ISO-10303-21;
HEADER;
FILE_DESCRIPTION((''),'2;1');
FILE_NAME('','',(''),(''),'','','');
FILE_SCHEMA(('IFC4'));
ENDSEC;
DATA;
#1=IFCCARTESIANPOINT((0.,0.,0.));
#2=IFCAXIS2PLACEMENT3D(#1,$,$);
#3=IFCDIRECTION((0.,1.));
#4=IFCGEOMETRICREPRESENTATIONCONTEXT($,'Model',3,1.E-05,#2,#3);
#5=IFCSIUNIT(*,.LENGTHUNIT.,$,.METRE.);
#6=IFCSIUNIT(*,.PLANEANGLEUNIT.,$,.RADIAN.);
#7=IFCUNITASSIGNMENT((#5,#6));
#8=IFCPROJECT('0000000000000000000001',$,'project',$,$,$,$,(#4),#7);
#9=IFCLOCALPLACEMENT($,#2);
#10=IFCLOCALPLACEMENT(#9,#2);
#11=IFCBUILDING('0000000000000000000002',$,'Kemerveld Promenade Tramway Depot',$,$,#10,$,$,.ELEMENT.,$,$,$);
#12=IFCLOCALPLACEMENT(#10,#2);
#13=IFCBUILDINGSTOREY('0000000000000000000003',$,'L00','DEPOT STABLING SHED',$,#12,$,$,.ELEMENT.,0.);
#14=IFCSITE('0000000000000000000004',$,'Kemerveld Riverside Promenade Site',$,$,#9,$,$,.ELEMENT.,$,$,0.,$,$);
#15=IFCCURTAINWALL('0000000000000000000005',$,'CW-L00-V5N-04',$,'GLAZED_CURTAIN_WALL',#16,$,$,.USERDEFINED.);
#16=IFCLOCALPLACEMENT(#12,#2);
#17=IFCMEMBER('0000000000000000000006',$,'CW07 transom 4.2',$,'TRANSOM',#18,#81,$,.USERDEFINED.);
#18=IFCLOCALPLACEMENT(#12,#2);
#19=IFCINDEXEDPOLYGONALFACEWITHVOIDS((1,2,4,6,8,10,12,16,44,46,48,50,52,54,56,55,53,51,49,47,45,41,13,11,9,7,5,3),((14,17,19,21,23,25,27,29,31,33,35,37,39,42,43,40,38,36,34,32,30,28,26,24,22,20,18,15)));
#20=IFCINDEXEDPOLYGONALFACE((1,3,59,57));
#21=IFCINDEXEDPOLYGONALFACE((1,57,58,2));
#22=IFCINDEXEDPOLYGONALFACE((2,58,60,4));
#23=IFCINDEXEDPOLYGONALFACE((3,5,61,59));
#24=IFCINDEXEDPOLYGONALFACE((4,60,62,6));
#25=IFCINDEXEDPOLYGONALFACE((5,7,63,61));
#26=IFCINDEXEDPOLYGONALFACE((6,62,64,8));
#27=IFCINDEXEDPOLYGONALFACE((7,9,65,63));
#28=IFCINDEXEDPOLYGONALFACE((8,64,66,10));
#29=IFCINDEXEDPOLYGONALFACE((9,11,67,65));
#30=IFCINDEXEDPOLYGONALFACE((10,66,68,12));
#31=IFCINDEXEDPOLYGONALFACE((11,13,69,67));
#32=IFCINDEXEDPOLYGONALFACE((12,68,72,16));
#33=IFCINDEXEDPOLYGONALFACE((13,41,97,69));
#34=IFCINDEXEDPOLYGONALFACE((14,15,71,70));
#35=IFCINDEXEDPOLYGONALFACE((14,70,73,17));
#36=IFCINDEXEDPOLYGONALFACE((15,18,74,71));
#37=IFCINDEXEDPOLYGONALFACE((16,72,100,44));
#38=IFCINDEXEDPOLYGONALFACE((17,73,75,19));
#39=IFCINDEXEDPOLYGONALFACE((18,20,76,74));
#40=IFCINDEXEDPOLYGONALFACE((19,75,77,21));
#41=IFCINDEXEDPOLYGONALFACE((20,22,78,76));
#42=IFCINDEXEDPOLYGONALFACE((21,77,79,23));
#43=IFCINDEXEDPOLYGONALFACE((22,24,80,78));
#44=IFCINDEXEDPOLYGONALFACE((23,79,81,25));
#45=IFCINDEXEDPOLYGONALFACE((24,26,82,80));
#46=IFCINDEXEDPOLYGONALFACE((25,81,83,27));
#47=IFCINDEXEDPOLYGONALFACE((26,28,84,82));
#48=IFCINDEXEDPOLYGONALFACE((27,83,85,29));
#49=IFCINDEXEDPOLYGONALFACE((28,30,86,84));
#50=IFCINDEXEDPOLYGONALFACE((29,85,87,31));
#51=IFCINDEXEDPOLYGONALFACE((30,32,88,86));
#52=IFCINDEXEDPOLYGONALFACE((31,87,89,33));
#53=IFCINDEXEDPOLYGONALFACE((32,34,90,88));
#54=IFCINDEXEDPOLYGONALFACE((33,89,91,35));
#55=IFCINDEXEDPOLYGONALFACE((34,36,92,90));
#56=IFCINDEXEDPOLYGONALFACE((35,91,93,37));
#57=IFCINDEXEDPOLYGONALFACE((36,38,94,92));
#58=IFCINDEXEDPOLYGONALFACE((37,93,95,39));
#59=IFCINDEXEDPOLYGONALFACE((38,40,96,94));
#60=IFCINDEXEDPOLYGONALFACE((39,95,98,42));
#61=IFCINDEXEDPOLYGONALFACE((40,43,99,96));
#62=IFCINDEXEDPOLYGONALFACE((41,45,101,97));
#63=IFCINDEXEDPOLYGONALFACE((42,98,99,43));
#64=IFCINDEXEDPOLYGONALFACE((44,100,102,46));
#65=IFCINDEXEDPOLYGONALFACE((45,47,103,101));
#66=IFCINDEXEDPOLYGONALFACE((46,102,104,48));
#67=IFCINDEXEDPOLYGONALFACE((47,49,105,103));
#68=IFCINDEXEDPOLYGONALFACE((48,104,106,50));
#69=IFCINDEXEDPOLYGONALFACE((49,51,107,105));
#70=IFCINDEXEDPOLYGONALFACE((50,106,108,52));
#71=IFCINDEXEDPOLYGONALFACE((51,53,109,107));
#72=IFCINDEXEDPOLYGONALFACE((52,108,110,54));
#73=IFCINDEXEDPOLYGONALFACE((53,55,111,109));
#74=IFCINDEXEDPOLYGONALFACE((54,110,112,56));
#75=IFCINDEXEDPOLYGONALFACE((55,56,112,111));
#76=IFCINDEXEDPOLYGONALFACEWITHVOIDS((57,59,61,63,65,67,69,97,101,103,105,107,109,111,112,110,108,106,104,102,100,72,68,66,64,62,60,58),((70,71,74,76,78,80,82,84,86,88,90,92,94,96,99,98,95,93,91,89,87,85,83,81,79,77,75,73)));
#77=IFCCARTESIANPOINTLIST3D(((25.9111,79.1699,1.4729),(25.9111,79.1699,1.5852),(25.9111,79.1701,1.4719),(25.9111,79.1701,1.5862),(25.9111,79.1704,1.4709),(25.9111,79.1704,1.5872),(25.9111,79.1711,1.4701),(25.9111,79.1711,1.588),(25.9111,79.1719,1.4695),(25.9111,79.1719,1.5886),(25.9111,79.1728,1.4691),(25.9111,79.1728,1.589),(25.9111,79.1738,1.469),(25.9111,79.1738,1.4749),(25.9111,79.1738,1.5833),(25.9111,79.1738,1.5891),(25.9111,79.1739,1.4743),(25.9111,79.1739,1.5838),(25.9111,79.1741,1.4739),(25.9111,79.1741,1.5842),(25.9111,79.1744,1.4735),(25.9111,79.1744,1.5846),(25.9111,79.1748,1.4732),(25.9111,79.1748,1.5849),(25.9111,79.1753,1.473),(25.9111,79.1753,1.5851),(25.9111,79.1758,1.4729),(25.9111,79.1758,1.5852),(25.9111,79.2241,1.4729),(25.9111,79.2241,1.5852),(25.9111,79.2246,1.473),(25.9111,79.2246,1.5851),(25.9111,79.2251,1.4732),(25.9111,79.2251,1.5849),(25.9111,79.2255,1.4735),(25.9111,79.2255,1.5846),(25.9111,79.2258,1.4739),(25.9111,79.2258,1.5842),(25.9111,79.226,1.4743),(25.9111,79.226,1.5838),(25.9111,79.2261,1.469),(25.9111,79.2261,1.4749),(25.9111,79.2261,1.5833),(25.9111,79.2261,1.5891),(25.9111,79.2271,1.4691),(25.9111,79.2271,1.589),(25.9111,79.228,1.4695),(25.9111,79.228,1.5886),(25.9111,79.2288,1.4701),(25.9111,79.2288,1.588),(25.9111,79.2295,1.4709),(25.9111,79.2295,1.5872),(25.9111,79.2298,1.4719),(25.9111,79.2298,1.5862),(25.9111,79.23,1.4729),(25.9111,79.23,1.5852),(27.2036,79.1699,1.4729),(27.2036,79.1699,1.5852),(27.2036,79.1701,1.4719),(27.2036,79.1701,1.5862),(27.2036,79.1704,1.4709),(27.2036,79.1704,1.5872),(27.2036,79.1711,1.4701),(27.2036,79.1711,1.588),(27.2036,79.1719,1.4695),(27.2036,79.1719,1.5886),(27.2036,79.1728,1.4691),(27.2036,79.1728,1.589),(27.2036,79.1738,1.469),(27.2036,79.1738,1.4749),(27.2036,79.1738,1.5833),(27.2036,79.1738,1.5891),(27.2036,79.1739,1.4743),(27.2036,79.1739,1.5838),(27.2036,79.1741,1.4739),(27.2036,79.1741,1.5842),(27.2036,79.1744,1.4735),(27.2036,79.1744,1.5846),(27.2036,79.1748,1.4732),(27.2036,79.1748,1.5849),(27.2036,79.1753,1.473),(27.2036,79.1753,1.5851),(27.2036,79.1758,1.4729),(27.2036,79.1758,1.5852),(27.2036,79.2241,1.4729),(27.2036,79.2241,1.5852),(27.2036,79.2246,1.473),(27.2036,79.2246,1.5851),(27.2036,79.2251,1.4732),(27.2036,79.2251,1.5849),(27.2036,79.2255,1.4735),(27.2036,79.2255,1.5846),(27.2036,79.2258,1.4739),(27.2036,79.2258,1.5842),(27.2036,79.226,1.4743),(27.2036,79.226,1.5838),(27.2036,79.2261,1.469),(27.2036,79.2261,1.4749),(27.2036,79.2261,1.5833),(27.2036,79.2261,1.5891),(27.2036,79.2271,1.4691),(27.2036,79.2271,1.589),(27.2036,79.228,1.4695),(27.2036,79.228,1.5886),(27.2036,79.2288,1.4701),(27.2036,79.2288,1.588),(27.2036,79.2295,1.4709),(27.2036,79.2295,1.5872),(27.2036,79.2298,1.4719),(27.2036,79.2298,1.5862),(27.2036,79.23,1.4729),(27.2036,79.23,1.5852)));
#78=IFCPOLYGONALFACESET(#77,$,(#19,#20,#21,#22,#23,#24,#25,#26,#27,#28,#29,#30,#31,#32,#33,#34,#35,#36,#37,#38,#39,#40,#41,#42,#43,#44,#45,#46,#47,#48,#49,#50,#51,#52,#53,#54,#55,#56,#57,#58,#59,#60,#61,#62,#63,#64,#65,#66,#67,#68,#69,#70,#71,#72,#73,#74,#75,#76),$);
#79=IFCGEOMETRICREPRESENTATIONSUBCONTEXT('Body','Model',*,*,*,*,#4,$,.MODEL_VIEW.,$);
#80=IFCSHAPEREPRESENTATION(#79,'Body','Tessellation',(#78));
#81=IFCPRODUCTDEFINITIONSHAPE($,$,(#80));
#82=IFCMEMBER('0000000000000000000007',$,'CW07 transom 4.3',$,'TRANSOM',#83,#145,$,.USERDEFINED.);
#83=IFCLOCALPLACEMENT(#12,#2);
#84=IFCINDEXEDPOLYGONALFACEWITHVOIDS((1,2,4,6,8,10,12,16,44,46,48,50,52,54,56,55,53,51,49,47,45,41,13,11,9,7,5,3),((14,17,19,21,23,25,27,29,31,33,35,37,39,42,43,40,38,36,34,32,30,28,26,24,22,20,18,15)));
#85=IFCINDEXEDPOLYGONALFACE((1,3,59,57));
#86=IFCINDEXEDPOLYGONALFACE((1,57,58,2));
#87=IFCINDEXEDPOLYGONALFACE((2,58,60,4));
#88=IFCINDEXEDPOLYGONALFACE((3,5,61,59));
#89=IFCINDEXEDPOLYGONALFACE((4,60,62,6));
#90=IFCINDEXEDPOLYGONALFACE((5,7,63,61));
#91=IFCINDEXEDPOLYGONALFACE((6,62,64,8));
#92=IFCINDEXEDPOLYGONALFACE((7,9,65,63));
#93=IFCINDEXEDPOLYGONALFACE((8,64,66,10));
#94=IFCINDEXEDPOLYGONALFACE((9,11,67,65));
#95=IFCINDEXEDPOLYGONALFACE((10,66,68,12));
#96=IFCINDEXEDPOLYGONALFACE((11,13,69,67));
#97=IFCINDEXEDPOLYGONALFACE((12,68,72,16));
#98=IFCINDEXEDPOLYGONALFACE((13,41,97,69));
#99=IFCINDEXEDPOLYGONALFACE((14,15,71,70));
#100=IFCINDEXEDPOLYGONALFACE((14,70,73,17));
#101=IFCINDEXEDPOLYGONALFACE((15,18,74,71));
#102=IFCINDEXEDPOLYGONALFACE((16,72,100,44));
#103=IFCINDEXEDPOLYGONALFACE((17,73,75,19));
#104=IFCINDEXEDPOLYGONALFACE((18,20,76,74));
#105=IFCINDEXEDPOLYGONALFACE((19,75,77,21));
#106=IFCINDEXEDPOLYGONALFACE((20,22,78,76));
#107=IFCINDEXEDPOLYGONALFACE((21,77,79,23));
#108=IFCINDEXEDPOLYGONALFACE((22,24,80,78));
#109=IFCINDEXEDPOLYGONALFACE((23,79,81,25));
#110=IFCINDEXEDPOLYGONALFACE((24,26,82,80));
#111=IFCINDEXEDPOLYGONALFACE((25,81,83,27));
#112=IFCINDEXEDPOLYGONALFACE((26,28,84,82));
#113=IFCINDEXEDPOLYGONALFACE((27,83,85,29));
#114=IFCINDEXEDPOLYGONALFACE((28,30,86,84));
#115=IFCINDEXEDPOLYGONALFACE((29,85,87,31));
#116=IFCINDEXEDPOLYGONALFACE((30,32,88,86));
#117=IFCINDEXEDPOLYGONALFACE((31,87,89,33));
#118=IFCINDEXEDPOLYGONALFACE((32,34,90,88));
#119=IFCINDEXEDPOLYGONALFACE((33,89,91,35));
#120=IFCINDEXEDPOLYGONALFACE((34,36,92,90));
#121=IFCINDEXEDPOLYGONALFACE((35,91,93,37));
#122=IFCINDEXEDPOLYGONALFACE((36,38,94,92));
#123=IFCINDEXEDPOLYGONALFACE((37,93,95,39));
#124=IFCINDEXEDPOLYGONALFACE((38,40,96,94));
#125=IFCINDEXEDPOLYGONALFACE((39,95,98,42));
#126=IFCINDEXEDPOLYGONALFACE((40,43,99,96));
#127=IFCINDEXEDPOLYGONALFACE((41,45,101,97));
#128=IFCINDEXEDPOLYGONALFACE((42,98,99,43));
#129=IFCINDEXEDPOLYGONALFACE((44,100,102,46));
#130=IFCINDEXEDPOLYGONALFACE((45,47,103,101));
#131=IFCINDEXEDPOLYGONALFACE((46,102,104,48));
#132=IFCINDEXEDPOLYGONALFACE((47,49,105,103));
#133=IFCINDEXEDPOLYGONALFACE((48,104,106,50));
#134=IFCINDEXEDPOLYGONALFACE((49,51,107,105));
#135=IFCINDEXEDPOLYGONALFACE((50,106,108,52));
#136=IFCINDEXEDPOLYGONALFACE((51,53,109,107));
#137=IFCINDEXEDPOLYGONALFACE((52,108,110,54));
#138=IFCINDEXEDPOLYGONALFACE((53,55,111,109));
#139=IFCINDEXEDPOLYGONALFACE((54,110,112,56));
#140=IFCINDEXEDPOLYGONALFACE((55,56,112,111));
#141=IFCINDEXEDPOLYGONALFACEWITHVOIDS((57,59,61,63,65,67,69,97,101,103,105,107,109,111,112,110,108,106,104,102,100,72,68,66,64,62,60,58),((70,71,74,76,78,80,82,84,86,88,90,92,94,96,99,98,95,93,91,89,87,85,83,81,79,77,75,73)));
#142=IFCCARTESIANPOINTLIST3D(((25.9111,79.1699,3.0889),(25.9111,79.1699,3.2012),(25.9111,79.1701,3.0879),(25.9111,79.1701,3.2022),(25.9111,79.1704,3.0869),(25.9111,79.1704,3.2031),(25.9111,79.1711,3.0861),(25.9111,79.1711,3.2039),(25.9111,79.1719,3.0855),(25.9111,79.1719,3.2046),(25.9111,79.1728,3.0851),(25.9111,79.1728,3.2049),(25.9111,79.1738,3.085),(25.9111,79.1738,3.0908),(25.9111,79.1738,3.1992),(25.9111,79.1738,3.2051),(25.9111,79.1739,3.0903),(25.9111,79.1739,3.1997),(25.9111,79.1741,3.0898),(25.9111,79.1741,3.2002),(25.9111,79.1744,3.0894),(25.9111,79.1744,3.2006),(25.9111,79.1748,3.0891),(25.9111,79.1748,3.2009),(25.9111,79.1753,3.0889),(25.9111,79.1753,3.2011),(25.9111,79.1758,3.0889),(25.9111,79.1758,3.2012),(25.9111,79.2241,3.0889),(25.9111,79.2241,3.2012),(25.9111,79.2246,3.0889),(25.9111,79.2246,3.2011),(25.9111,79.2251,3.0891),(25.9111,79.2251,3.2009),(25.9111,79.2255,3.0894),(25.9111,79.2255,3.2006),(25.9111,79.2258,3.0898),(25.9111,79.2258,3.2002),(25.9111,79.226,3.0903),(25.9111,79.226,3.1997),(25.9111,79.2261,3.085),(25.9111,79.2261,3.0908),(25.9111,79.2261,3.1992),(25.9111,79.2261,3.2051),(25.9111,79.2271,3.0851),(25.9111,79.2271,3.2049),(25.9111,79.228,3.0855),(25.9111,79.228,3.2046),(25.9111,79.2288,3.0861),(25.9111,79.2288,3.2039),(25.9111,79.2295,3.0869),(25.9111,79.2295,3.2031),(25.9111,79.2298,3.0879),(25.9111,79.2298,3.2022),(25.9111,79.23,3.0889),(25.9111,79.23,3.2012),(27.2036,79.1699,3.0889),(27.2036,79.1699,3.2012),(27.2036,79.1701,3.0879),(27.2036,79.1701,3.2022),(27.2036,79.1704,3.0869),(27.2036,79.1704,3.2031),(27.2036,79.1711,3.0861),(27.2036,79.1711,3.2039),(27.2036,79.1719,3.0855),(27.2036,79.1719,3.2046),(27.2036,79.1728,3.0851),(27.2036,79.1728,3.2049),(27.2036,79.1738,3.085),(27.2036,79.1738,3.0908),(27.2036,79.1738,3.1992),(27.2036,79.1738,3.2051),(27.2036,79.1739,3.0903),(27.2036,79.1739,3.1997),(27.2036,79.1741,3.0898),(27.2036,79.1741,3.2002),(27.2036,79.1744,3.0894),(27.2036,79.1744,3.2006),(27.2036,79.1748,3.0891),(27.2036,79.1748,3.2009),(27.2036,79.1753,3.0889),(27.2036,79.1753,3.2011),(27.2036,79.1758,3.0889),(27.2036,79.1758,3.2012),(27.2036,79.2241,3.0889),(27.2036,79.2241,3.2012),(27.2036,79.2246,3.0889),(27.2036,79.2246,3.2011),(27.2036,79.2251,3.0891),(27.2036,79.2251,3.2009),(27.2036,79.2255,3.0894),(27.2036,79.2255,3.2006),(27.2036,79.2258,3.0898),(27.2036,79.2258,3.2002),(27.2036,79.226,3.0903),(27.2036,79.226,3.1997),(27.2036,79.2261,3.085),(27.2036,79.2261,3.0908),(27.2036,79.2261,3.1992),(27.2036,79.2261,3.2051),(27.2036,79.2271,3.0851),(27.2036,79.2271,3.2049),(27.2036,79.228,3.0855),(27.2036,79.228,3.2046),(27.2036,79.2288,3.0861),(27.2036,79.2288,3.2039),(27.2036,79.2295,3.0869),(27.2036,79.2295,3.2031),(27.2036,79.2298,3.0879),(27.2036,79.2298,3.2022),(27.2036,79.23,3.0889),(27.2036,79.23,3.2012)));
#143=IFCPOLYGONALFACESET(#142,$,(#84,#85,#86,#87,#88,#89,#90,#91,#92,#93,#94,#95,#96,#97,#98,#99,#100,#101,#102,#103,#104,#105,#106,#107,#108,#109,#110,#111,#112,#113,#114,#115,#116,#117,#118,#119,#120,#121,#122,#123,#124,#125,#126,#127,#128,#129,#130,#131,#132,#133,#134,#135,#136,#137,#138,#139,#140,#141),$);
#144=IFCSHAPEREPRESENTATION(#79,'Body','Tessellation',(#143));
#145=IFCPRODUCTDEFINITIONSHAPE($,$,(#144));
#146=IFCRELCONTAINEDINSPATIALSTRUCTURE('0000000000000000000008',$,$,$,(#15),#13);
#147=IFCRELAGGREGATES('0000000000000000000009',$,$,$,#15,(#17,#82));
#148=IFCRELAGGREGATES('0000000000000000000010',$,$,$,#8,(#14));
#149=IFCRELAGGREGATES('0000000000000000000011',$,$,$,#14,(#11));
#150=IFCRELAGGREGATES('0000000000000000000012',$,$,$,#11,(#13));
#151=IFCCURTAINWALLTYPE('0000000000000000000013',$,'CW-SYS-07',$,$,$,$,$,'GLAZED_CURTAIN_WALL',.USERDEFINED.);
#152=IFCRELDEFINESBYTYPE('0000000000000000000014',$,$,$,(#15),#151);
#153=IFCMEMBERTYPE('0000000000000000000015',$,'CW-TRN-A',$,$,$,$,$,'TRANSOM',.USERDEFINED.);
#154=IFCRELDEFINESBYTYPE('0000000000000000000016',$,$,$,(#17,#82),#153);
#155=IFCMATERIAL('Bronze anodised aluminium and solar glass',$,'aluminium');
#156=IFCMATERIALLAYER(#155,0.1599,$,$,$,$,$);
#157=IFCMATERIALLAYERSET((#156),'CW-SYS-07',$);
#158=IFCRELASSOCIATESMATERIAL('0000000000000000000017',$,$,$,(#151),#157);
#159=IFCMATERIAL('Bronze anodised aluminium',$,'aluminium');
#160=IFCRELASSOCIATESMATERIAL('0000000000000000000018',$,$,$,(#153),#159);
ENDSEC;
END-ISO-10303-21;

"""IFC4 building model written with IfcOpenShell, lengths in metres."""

from ifc_helpers import new_model, si_unit, direction, frame, origin, origin_2d, place, context, subcontext, project, spatial, hollow_rectangle, extrude, material, layer, layer_set, material_profile, profile_set, type_object, element, aggregate, save


model = new_model("IFC4")

# Units and contexts
model_context = context("Model", 3, precision=1e-05, world=origin(), true_north=direction((0.0, 1.0)))
body_context = subcontext(model_context, "Body", "Model", "MODEL_VIEW")
ifc_project = project(units=[si_unit("LENGTHUNIT", "METRE"), si_unit("PLANEANGLEUNIT", "RADIAN")], contexts=[model_context])

# Site, building, storey
site_placement = place(None, origin())
site = spatial("IfcSite", under=ifc_project, at=site_placement, Name="Kemerveld Riverside Promenade Site", CompositionType="ELEMENT", RefElevation=0.0)
building_placement = place(site_placement, origin())
building = spatial("IfcBuilding", under=site, at=building_placement, Name="Kemerveld Promenade Tramway Depot", CompositionType="ELEMENT")
storey_placement = place(building_placement, origin())
storey = spatial("IfcBuildingStorey", under=building, at=storey_placement, Name="L00", Description="DEPOT STABLING SHED", CompositionType="ELEMENT", Elevation=0.0)

# Curtain wall, members
ifc_material_1 = material(Name="Bronze anodised aluminium and solar glass", Category="aluminium")
ifc_layer_1 = layer(ifc_material_1, 0.1599)
ifc_layer_set_1 = layer_set([ifc_layer_1], Name="CW-SYS-07")
curtain_wall_type = type_object("IfcCurtainWallType", Name="CW-SYS-07", ElementType="GLAZED_CURTAIN_WALL", PredefinedType="USERDEFINED", material=ifc_layer_set_1)
curtain_wall_placement = place(storey_placement, origin())
curtain_wall = element("IfcCurtainWall", 1, at=curtain_wall_placement, inside=storey, type_object=curtain_wall_type, Name="CW-L00-V5N-04", ObjectType="GLAZED_CURTAIN_WALL", PredefinedType="USERDEFINED")
ifc_material_2 = material(Name="Bronze anodised aluminium", Category="aluminium")
ifc_material_profile_1 = material_profile(ifc_material_2, hollow_rectangle(XDim=0.0601, YDim=0.1201, WallThickness=0.0039, InnerFilletRadius=0.002, OuterFilletRadius=0.0039, at=origin_2d()), Name="CW-TRN-120x60")
ifc_profile_set_1 = profile_set([ifc_material_profile_1], Name="Bronze anodised aluminium")
member_type_1 = type_object("IfcMemberType", Name="CW-TRN-A", ElementType="TRANSOM", PredefinedType="USERDEFINED", material=ifc_profile_set_1)
member_1_placement = place(storey_placement, frame((25.9111, 79.2, 1.5291), z_axis=(1.0, 0.0, 0.0), x_axis=(0.0, 1.0, 0.0)))
member_1 = element("IfcMember", 2, at=member_1_placement, type_object=member_type_1, Name="CW07 transom 4.2", ObjectType="TRANSOM", PredefinedType="USERDEFINED", context=body_context, shape_type="SweptSolid", body=[
    extrude(hollow_rectangle(XDim=0.0601, YDim=0.1201, WallThickness=0.0039, InnerFilletRadius=0.002, OuterFilletRadius=0.0039, at=origin_2d()), origin(), (0.0, 0.0, 1.0), 1.2925),
])
member_2_placement = place(storey_placement, frame((25.9111, 79.2, 3.145), z_axis=(1.0, 0.0, 0.0), x_axis=(0.0, 1.0, 0.0)))
member_2 = element("IfcMember", 3, at=member_2_placement, type_object=member_type_1, Name="CW07 transom 4.3", ObjectType="TRANSOM", PredefinedType="USERDEFINED", context=body_context, shape_type="SweptSolid", body=[
    extrude(hollow_rectangle(XDim=0.0601, YDim=0.1201, WallThickness=0.0039, InnerFilletRadius=0.002, OuterFilletRadius=0.0039, at=origin_2d()), origin(), (0.0, 0.0, 1.0), 1.2925),
])
aggregate(curtain_wall, [member_1, member_2])

save(model, "model.ifc")
